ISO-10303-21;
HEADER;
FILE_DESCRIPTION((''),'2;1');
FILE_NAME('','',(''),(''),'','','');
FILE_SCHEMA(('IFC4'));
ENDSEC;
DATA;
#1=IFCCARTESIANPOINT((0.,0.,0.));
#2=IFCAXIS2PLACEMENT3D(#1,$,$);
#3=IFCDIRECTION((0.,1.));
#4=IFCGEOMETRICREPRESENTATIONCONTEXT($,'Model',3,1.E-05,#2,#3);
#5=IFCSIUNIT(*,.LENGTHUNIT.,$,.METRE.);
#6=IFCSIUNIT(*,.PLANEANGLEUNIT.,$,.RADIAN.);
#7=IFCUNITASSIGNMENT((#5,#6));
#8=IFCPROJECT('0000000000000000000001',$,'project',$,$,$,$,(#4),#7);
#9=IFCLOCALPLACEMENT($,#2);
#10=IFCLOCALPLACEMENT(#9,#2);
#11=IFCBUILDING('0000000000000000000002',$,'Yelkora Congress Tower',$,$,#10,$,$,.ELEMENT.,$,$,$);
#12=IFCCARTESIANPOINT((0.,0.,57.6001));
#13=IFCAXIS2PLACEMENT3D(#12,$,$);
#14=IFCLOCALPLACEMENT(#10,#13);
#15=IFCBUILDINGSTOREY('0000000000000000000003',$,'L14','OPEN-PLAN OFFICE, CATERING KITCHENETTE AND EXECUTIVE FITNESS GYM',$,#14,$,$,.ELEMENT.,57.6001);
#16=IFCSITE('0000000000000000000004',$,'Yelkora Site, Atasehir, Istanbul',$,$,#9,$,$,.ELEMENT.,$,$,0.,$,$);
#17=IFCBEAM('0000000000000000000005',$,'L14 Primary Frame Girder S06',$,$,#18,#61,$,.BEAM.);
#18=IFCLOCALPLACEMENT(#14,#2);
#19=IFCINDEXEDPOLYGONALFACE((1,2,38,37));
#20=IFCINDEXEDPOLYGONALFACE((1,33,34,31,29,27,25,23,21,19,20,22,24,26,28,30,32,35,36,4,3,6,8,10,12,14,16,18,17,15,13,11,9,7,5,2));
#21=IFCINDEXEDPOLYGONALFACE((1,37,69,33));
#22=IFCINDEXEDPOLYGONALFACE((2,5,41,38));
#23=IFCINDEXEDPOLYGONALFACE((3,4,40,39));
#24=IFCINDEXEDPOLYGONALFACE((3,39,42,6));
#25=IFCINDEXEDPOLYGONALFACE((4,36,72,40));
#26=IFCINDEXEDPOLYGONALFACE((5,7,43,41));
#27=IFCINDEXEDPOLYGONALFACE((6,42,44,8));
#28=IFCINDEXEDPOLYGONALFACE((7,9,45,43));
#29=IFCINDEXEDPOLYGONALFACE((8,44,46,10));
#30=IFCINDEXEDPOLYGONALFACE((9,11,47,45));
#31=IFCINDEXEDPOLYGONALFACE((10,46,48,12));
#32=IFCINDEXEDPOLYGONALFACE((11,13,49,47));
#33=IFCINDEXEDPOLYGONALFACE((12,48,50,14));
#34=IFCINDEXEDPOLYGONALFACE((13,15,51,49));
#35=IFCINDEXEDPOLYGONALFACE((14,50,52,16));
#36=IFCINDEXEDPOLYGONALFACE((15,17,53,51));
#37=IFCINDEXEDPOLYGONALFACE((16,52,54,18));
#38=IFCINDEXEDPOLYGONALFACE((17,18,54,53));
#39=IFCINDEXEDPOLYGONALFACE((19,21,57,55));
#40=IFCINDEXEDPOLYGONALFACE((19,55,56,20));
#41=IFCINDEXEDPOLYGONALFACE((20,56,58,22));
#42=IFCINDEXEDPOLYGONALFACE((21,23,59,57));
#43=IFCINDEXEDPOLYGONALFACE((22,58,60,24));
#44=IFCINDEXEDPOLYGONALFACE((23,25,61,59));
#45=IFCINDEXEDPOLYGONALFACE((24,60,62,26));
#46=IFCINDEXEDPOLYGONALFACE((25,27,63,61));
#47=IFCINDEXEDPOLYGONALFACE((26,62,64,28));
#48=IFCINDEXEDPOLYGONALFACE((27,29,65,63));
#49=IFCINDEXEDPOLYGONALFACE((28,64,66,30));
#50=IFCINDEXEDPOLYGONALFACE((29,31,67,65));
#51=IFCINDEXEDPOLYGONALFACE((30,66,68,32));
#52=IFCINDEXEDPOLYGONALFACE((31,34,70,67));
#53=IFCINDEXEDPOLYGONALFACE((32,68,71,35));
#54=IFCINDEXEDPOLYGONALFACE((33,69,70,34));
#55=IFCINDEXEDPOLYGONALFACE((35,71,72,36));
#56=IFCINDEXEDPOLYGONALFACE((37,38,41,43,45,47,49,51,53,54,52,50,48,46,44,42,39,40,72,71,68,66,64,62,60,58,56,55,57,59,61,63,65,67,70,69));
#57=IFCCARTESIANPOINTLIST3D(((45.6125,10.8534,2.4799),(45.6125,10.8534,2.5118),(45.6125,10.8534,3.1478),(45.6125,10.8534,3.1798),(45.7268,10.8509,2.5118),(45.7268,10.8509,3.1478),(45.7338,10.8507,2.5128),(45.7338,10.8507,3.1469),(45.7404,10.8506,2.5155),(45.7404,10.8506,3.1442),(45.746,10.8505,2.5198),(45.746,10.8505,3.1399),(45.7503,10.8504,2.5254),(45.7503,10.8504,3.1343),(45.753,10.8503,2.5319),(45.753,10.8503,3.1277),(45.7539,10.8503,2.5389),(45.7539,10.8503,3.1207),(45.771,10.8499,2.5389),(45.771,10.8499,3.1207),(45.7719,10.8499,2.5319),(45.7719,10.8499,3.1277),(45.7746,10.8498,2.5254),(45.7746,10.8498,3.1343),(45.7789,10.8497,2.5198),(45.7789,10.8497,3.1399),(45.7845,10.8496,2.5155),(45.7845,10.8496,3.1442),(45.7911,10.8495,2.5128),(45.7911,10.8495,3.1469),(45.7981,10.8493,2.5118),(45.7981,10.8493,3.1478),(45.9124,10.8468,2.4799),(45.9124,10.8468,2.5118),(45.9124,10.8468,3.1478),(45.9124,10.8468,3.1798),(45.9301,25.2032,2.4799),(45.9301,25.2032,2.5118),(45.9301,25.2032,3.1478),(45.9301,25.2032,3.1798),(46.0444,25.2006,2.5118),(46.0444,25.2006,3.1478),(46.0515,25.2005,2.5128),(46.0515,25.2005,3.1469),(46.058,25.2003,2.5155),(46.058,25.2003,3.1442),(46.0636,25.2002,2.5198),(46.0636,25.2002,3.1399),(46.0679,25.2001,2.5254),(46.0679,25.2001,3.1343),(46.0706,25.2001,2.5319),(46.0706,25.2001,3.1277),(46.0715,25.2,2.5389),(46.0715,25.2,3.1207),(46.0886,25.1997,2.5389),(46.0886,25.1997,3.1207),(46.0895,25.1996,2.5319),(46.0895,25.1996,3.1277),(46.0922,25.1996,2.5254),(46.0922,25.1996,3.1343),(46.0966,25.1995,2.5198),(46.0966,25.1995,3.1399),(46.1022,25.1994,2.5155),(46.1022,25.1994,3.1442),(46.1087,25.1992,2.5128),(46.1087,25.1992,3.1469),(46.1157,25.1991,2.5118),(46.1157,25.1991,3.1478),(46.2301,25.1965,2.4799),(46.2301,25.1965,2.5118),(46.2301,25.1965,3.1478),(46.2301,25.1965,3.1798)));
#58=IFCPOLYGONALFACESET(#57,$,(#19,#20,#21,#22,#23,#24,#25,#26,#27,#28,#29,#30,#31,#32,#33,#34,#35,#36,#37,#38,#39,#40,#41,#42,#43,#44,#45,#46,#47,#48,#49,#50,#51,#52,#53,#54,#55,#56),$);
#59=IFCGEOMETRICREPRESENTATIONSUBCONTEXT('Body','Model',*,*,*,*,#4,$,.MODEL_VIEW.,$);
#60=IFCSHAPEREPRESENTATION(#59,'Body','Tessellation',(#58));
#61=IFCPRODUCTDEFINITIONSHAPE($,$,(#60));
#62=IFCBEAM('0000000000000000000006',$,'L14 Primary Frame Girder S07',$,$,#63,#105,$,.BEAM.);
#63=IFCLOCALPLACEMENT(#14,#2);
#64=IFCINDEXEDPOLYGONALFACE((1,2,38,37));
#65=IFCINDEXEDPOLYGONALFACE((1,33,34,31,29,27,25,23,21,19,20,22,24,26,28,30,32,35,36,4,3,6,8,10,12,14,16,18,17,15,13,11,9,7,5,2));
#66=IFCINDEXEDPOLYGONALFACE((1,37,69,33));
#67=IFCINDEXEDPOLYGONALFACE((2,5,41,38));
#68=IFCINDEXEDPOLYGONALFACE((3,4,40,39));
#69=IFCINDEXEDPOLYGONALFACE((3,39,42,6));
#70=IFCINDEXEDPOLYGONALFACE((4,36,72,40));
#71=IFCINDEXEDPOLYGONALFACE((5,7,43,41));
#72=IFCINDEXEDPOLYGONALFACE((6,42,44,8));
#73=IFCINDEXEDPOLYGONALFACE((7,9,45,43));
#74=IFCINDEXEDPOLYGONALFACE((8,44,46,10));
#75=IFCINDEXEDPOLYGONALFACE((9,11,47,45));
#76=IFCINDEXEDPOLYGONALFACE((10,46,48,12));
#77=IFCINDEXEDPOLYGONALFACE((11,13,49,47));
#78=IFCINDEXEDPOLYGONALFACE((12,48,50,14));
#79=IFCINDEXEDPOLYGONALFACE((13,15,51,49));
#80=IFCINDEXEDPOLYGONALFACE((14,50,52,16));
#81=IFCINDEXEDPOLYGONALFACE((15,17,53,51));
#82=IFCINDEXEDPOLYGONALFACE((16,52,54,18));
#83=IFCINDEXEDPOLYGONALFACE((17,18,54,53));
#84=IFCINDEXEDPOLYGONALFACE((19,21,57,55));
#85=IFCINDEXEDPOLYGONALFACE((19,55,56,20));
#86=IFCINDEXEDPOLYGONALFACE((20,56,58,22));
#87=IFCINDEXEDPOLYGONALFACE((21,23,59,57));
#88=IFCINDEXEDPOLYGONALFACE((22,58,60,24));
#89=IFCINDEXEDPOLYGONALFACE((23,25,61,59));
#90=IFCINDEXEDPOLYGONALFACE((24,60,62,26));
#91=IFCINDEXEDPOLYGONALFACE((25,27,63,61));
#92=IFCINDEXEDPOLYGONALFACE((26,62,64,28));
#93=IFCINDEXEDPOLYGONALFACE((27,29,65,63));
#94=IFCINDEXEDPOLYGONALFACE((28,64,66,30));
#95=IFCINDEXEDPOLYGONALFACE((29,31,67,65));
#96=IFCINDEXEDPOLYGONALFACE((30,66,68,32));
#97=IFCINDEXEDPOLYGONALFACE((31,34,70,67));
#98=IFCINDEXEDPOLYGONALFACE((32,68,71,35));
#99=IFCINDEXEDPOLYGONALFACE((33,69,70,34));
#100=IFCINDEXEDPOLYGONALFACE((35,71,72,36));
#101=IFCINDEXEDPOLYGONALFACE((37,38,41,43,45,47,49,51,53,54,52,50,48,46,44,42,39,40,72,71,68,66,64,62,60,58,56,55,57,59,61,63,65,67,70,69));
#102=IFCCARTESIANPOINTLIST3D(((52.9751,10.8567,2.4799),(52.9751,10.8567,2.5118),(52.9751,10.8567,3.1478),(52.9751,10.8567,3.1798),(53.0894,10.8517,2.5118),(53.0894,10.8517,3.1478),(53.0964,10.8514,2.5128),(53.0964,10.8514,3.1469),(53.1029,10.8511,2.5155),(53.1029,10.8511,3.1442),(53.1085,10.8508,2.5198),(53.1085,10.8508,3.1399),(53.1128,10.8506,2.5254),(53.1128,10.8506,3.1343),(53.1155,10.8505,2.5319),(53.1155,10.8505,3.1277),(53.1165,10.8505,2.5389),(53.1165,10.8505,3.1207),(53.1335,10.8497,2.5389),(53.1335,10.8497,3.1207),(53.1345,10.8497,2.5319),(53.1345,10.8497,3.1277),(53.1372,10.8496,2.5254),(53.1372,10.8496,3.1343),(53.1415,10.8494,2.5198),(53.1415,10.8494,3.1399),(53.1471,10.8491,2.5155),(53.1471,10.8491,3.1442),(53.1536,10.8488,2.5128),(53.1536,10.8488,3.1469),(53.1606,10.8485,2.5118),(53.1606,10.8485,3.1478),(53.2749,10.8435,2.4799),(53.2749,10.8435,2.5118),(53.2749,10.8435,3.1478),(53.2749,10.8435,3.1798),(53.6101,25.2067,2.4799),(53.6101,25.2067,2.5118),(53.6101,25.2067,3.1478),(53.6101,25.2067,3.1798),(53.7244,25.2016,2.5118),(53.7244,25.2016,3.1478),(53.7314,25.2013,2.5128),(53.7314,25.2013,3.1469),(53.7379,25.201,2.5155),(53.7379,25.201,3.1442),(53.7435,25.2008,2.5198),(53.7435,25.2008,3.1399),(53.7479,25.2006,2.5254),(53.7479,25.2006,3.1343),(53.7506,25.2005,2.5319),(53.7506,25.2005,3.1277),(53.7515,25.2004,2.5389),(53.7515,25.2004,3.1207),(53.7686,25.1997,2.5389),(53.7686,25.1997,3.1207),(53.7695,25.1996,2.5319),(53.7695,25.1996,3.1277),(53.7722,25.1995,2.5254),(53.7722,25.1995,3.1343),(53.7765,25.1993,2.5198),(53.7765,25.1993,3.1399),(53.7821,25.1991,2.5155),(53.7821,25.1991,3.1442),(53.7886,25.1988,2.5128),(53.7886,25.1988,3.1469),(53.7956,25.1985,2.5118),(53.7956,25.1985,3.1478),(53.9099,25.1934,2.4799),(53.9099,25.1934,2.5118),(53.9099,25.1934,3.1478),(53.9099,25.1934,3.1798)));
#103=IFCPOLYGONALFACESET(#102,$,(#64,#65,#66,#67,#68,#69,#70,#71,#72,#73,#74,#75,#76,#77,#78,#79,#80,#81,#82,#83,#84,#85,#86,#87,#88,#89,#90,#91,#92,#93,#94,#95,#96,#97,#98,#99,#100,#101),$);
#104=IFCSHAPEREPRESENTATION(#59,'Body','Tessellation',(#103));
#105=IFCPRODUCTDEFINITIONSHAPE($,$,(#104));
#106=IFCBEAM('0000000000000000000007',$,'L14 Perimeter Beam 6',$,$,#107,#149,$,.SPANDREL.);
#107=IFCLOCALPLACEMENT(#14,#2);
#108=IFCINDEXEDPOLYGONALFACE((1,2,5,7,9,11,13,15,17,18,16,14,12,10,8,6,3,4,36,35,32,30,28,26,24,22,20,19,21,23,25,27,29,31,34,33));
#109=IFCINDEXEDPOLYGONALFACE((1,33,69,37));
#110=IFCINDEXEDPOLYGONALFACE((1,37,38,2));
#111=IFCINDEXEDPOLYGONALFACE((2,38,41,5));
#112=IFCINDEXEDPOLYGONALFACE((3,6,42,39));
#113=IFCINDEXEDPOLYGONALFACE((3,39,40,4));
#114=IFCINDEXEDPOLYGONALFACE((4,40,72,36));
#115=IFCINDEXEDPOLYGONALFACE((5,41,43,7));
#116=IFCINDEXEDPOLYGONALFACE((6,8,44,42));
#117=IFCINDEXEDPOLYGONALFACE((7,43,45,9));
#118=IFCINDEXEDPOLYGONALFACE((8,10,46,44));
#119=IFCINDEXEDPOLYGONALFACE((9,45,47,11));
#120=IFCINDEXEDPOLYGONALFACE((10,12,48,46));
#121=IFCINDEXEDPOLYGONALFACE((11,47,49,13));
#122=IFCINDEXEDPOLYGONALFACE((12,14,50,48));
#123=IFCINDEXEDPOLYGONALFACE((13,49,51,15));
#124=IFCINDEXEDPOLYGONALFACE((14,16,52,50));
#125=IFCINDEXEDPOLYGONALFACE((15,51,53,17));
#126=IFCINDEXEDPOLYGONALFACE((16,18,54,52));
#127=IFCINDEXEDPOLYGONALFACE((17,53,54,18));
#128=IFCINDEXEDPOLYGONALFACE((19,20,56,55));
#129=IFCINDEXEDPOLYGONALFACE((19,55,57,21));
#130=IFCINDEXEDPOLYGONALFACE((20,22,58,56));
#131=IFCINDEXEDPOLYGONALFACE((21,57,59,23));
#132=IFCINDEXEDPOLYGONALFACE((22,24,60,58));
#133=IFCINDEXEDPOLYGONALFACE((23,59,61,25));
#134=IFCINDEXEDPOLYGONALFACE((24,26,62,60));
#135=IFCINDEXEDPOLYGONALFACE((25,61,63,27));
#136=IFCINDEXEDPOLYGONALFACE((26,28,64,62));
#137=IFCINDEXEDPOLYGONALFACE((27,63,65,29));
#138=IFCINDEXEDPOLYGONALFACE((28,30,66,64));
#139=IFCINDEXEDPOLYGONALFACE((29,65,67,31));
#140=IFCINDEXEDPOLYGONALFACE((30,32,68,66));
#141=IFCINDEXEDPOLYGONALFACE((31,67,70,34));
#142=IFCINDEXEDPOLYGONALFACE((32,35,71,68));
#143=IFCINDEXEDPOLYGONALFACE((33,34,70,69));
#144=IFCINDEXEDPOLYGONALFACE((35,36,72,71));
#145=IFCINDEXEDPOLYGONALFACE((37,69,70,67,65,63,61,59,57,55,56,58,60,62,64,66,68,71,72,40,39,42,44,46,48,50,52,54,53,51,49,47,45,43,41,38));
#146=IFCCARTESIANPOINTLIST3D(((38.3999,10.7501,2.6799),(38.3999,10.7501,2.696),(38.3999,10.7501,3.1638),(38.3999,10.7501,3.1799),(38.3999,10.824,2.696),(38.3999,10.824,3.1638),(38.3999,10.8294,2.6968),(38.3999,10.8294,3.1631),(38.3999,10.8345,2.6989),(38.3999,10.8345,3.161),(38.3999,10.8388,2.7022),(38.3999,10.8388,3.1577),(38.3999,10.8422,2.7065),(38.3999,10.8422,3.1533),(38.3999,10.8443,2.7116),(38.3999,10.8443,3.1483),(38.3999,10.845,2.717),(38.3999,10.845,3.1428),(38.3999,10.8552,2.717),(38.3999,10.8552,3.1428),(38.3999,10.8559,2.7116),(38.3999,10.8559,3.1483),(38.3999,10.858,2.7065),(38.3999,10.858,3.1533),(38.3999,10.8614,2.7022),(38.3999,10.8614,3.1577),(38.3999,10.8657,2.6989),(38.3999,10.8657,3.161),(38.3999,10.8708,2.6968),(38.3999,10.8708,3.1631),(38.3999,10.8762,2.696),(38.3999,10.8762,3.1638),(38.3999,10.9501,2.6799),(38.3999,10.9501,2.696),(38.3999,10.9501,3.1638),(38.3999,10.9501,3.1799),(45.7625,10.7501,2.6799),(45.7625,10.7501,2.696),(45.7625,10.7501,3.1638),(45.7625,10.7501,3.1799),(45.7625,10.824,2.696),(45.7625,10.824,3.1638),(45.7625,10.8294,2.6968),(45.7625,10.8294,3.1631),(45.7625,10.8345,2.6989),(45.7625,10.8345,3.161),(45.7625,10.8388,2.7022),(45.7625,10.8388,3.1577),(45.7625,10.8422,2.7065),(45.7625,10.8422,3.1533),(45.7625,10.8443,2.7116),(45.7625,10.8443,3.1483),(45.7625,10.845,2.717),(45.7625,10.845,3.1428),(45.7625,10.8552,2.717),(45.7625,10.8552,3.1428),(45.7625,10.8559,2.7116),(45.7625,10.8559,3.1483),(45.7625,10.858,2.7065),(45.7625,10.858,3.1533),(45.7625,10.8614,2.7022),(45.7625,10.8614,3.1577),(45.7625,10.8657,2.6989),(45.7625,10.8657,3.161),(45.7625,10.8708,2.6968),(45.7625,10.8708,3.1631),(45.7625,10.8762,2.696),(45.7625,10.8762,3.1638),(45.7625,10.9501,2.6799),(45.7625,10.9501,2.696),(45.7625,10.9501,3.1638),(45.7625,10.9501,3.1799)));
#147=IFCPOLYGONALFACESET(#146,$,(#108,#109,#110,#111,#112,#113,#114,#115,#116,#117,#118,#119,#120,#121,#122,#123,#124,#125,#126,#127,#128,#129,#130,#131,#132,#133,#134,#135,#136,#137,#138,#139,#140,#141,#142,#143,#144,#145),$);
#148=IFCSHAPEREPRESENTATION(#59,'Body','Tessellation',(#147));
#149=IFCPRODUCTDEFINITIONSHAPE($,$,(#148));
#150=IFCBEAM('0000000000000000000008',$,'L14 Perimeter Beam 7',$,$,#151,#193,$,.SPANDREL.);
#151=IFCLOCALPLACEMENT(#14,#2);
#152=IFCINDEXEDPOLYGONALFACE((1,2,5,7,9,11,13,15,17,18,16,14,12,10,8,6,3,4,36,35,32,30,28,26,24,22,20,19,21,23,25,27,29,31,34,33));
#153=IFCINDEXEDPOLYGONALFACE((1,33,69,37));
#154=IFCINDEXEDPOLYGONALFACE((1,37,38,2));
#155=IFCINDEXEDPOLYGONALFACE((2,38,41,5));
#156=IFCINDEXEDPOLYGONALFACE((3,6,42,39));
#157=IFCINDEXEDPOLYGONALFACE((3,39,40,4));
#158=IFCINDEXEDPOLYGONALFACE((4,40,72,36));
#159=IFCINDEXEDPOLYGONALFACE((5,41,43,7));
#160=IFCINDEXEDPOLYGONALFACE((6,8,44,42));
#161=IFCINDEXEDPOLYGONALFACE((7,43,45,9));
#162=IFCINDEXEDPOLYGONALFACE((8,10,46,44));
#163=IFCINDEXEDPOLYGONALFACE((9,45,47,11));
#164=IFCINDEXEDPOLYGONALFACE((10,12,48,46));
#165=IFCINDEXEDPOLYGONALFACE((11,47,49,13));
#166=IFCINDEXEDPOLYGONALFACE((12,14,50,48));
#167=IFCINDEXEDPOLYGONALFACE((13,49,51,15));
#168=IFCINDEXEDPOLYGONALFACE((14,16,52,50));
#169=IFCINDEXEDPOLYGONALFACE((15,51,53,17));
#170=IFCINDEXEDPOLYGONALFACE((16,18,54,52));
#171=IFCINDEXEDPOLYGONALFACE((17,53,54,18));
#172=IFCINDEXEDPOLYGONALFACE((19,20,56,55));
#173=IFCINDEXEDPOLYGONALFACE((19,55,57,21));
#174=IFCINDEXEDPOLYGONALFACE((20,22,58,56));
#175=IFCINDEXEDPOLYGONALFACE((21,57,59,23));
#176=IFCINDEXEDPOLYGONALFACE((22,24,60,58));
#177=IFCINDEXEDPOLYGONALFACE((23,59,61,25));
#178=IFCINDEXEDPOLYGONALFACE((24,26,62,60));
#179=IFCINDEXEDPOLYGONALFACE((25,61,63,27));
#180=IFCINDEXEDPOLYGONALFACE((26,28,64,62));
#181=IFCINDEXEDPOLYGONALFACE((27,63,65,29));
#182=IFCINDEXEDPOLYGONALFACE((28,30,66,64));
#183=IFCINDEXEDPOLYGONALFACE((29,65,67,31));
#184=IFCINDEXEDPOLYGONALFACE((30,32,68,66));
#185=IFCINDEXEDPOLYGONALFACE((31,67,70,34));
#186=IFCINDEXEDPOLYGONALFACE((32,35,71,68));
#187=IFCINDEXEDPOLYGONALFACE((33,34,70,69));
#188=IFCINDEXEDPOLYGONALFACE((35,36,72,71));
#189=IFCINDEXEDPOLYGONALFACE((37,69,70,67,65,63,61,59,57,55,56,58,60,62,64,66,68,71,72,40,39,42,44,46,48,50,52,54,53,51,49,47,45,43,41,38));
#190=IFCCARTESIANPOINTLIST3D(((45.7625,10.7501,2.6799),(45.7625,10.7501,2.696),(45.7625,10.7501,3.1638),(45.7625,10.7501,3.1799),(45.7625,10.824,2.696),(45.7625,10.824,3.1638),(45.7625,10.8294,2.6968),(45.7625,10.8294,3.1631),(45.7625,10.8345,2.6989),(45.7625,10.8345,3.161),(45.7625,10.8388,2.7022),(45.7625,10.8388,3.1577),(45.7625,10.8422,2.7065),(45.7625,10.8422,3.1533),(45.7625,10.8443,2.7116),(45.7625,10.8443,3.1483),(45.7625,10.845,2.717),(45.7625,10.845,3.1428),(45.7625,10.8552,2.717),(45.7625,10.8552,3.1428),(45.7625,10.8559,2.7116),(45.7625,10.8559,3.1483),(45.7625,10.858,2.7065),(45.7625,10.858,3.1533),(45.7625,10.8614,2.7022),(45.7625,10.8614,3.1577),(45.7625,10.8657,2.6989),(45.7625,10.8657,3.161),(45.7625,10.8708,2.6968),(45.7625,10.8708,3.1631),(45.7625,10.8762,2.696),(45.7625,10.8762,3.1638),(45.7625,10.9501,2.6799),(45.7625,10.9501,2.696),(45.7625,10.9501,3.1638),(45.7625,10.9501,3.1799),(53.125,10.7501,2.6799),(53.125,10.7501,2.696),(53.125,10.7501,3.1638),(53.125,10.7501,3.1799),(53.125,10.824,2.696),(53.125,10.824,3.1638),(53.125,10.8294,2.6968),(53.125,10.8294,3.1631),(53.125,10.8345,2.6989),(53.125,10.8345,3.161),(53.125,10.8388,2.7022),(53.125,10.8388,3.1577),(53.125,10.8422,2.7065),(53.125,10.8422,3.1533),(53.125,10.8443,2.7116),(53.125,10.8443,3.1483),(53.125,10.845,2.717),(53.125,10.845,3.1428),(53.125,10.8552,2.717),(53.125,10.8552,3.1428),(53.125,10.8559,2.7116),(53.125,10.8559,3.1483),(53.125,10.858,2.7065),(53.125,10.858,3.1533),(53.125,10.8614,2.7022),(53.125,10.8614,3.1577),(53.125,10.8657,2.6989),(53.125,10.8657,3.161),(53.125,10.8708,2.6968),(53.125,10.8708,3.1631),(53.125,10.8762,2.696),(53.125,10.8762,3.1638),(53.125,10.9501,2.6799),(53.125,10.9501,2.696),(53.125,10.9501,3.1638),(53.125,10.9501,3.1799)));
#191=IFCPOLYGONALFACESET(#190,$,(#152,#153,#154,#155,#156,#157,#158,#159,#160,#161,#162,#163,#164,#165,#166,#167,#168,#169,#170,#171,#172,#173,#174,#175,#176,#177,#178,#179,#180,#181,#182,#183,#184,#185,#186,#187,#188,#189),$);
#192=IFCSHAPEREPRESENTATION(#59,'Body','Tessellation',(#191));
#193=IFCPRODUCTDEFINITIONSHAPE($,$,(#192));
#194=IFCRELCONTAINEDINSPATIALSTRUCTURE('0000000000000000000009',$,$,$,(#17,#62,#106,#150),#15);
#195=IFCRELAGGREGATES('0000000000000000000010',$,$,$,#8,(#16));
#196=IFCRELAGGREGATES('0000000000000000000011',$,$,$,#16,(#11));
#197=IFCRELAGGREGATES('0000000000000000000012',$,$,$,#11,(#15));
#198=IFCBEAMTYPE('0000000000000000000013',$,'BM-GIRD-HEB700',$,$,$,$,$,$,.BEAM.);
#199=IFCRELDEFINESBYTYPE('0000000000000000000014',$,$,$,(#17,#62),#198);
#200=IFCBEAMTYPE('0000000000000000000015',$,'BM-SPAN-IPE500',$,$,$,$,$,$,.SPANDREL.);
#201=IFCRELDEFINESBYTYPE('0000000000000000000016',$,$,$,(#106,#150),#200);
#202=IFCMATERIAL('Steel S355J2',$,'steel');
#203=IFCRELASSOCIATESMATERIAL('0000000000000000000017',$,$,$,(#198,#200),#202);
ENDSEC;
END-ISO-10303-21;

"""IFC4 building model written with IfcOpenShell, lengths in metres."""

from ifc_helpers import new_model, si_unit, direction, frame, origin, origin_2d, place, context, subcontext, project, spatial, i_section, extrude, material, material_profile, profile_set, type_object, element, save


model = new_model("IFC4")

# Units and contexts
model_context = context("Model", 3, precision=1e-05, world=origin(), true_north=direction((0.0, 1.0)))
body_context = subcontext(model_context, "Body", "Model", "MODEL_VIEW")
ifc_project = project(units=[si_unit("LENGTHUNIT", "METRE"), si_unit("PLANEANGLEUNIT", "RADIAN")], contexts=[model_context])

# Site, building, storey
site_placement = place(None, origin())
site = spatial("IfcSite", under=ifc_project, at=site_placement, Name="Yelkora Site, Atasehir, Istanbul", CompositionType="ELEMENT", RefElevation=0.0)
building_placement = place(site_placement, origin())
building = spatial("IfcBuilding", under=site, at=building_placement, Name="Yelkora Congress Tower", CompositionType="ELEMENT")
storey_placement = place(building_placement, frame((0.0, 0.0, 57.6001)))
storey = spatial("IfcBuildingStorey", under=building, at=storey_placement, Name="L14", Description="OPEN-PLAN OFFICE, CATERING KITCHENETTE AND EXECUTIVE FITNESS GYM", CompositionType="ELEMENT", Elevation=57.6001)

# Beams
ifc_material_1 = material(Name="Steel S355J2", Category="steel")
ifc_material_profile_1 = material_profile(ifc_material_1, i_section(OverallWidth=0.3, OverallDepth=0.7, WebThickness=0.0171, FlangeThickness=0.032, FilletRadius=0.0271, at=origin_2d()), Name="HEB 700")
ifc_profile_set_1 = profile_set([ifc_material_profile_1], Name="Steel S355J2")
beam_type_1 = type_object("IfcBeamType", Name="BM-GIRD-HEB700", PredefinedType="BEAM", material=ifc_profile_set_1)
beam_1_placement = place(storey_placement, frame((45.7625, 10.8501, 2.8298), z_axis=(0.022129, 0.999755, 0.0), x_axis=(-0.999755, 0.022129, 0.0)))
element("IfcBeam", 1, at=beam_1_placement, inside=storey, type_object=beam_type_1, Name="L14 Primary Frame Girder S06", PredefinedType="BEAM", context=body_context, shape_type="SweptSolid", body=[
    extrude(i_section(OverallWidth=0.3, OverallDepth=0.7, WebThickness=0.0171, FlangeThickness=0.032, FilletRadius=0.0271, at=origin_2d()), origin(), (0.0, 0.0, 1.0), 14.3533),
])
beam_2_placement = place(storey_placement, frame((53.125, 10.8501, 2.8298), z_axis=(0.044209, 0.999022, 0.0), x_axis=(-0.999022, 0.044209, 0.0)))
element("IfcBeam", 2, at=beam_2_placement, inside=storey, type_object=beam_type_1, Name="L14 Primary Frame Girder S07", PredefinedType="BEAM", context=body_context, shape_type="SweptSolid", body=[
    extrude(i_section(OverallWidth=0.3, OverallDepth=0.7, WebThickness=0.0171, FlangeThickness=0.032, FilletRadius=0.0271, at=origin_2d()), origin(), (0.0, 0.0, 1.0), 14.364),
])
ifc_material_profile_2 = material_profile(ifc_material_1, i_section(OverallWidth=0.2, OverallDepth=0.5, WebThickness=0.0103, FlangeThickness=0.0161, FilletRadius=0.021, at=origin_2d()), Name="IPE 500")
ifc_profile_set_2 = profile_set([ifc_material_profile_2], Name="Steel S355J2")
beam_type_2 = type_object("IfcBeamType", Name="BM-SPAN-IPE500", PredefinedType="SPANDREL", material=ifc_profile_set_2)
for number, where, z_axis, x_axis, name in (
    (3, (38.3999, 10.8501, 2.9299), (1.0, 0.0, 0.0), (0.0, 1.0, 0.0), "L14 Perimeter Beam 6"),
    (4, (45.7625, 10.8501, 2.9299), (1.0, 0.0, 0.0), (0.0, 1.0, 0.0), "L14 Perimeter Beam 7"),
):
    element("IfcBeam", number, at=place(storey_placement, frame(where, z_axis=z_axis, x_axis=x_axis)), inside=storey, type_object=beam_type_2, Name=name, PredefinedType="SPANDREL", context=body_context, shape_type="SweptSolid", body=[
        extrude(i_section(OverallWidth=0.2, OverallDepth=0.5, WebThickness=0.0103, FlangeThickness=0.0161, FilletRadius=0.021, at=origin_2d()), origin(), (0.0, 0.0, 1.0), 7.3625),
    ])

save(model, "model.ifc")
